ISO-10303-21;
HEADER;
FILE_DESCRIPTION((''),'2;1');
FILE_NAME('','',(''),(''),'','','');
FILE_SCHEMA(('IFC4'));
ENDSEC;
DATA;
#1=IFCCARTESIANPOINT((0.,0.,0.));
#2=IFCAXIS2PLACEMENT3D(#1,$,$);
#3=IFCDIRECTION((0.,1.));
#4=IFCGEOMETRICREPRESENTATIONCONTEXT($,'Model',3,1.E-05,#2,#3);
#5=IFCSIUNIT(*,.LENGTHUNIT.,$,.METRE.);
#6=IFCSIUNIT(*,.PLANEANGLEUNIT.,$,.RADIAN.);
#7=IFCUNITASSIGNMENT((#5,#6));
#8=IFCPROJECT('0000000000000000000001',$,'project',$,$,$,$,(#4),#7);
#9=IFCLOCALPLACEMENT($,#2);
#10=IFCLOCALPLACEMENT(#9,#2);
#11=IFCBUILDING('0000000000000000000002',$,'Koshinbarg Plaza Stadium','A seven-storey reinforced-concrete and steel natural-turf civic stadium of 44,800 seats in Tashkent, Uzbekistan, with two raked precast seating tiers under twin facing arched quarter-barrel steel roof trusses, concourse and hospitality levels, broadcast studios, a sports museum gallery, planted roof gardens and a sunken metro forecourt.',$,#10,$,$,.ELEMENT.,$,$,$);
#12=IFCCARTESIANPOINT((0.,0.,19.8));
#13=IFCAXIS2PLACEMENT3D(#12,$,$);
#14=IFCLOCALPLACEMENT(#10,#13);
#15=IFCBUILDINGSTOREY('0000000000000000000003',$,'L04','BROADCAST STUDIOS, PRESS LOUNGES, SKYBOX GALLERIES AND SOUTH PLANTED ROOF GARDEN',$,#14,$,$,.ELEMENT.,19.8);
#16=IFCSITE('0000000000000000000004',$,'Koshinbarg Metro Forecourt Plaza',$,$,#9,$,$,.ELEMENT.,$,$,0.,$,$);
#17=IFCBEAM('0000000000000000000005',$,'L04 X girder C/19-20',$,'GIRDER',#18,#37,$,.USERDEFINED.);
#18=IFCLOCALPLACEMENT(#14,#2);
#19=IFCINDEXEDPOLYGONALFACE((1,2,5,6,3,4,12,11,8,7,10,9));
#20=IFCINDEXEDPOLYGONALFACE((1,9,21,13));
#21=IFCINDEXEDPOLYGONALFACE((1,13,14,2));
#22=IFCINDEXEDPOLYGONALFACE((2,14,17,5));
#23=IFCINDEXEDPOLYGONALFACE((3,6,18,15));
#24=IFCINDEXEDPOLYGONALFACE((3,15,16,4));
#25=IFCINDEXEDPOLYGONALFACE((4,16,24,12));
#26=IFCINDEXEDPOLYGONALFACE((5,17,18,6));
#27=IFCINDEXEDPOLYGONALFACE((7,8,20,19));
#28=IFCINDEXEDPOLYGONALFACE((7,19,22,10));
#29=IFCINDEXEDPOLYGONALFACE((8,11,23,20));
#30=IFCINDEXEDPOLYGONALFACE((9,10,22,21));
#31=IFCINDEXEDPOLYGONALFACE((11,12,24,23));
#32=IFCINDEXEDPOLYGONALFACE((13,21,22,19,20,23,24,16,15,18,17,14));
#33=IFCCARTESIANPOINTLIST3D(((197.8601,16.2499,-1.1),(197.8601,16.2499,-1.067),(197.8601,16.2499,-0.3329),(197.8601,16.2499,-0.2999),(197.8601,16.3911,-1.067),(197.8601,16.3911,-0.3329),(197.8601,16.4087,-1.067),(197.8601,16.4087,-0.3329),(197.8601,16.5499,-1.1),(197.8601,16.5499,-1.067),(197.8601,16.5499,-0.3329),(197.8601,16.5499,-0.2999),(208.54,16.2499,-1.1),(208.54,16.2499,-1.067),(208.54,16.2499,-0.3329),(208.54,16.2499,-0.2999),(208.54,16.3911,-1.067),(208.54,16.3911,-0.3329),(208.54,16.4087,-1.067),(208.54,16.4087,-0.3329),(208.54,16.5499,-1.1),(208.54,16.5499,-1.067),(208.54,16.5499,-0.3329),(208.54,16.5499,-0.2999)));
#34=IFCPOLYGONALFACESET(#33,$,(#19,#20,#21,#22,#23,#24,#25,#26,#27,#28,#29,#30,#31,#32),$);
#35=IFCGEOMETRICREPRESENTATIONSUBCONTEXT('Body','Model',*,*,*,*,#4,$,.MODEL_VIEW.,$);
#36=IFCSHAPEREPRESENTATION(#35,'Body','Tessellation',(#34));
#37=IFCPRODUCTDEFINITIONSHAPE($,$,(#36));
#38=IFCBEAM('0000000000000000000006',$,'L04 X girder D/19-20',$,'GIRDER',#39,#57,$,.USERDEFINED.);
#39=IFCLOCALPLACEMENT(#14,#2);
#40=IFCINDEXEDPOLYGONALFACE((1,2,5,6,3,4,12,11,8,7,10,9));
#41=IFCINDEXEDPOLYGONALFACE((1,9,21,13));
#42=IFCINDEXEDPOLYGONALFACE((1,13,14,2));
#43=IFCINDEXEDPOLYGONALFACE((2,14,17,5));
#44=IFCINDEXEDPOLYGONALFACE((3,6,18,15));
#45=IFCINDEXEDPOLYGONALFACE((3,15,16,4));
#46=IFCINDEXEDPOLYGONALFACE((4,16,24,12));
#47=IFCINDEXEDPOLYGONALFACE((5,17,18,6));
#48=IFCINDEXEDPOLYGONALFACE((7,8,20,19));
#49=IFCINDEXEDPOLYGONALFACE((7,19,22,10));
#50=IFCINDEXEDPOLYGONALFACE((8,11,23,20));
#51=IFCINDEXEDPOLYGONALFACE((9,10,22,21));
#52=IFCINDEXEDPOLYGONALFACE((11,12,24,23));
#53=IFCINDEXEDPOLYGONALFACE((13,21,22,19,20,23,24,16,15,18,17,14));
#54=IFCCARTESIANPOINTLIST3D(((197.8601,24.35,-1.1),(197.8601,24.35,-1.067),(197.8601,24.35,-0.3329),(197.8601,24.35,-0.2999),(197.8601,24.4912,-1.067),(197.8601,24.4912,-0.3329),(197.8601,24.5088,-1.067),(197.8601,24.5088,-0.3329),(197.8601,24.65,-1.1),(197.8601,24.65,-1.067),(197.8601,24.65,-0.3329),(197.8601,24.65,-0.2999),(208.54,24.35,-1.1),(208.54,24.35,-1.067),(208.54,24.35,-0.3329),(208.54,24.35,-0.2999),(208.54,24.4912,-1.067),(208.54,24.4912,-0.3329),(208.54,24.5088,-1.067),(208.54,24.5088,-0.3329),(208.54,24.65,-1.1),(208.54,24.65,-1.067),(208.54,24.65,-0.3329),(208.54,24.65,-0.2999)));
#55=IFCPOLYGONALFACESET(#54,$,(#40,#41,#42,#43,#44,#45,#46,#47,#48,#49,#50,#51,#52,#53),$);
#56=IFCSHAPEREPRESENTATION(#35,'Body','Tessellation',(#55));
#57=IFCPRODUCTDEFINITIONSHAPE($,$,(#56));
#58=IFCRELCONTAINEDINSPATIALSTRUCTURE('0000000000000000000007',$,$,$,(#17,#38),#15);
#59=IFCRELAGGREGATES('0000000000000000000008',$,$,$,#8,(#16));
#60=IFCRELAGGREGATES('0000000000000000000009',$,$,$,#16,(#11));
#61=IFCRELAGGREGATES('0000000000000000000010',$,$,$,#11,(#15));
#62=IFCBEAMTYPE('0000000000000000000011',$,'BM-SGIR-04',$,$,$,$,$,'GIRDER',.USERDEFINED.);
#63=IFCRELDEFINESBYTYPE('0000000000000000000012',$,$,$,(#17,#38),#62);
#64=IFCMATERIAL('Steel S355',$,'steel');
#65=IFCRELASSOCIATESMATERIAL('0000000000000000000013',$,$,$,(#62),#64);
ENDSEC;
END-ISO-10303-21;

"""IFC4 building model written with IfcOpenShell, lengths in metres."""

from ifc_helpers import new_model, si_unit, direction, frame, origin, origin_2d, place, context, subcontext, project, spatial, i_section, extrude, material, material_profile, profile_set, type_object, element, save


model = new_model("IFC4")

# Units and contexts
model_context = context("Model", 3, precision=1e-05, world=origin(), true_north=direction((0.0, 1.0)))
body_context = subcontext(model_context, "Body", "Model", "MODEL_VIEW")
ifc_project = project(units=[si_unit("LENGTHUNIT", "METRE"), si_unit("PLANEANGLEUNIT", "RADIAN")], contexts=[model_context])

# Site, building, storey
site_placement = place(None, origin())
site = spatial("IfcSite", under=ifc_project, at=site_placement, Name="Koshinbarg Metro Forecourt Plaza", CompositionType="ELEMENT", RefElevation=0.0)
building_placement = place(site_placement, origin())
building = spatial("IfcBuilding", under=site, at=building_placement, Name="Koshinbarg Plaza Stadium", Description="A seven-storey reinforced-concrete and steel natural-turf civic stadium of 44,800 seats in Tashkent, Uzbekistan, with two raked precast seating tiers under twin facing arched quarter-barrel steel roof trusses, concourse and hospitality levels, broadcast studios, a sports museum gallery, planted roof gardens and a sunken metro forecourt.", CompositionType="ELEMENT")
storey_placement = place(building_placement, frame((0.0, 0.0, 19.8)))
storey = spatial("IfcBuildingStorey", under=building, at=storey_placement, Name="L04", Description="BROADCAST STUDIOS, PRESS LOUNGES, SKYBOX GALLERIES AND SOUTH PLANTED ROOF GARDEN", CompositionType="ELEMENT", Elevation=19.8)

# Beams
ifc_material = material(Name="Steel S355", Category="steel")
ifc_material_profile_1 = material_profile(ifc_material, i_section(OverallWidth=0.3, OverallDepth=0.8, WebThickness=0.0176, FlangeThickness=0.033, at=origin_2d()), Name="HEB 800")
ifc_profile_set_1 = profile_set([ifc_material_profile_1], Name="Steel S355")
beam_type_1 = type_object("IfcBeamType", Name="BM-SGIR-04", ElementType="GIRDER", PredefinedType="USERDEFINED", material=ifc_profile_set_1)
for number, where, z_axis, x_axis, name in (
    (1, (197.8601, 16.3999, -0.7), (1.0, 0.0, 0.0), (0.0, 1.0, 0.0), "L04 X girder C/19-20"),
    (2, (197.8601, 24.5, -0.7), (1.0, 0.0, 0.0), (0.0, 1.0, 0.0), "L04 X girder D/19-20"),
):
    element("IfcBeam", number, at=place(storey_placement, frame(where, z_axis=z_axis, x_axis=x_axis)), inside=storey, type_object=beam_type_1, Name=name, ObjectType="GIRDER", PredefinedType="USERDEFINED", context=body_context, shape_type="SweptSolid", body=[
        extrude(i_section(OverallWidth=0.3, OverallDepth=0.8, WebThickness=0.0176, FlangeThickness=0.033, at=origin_2d()), origin(), (0.0, 0.0, 1.0), 10.6799),
    ])

save(model, "model.ifc")
